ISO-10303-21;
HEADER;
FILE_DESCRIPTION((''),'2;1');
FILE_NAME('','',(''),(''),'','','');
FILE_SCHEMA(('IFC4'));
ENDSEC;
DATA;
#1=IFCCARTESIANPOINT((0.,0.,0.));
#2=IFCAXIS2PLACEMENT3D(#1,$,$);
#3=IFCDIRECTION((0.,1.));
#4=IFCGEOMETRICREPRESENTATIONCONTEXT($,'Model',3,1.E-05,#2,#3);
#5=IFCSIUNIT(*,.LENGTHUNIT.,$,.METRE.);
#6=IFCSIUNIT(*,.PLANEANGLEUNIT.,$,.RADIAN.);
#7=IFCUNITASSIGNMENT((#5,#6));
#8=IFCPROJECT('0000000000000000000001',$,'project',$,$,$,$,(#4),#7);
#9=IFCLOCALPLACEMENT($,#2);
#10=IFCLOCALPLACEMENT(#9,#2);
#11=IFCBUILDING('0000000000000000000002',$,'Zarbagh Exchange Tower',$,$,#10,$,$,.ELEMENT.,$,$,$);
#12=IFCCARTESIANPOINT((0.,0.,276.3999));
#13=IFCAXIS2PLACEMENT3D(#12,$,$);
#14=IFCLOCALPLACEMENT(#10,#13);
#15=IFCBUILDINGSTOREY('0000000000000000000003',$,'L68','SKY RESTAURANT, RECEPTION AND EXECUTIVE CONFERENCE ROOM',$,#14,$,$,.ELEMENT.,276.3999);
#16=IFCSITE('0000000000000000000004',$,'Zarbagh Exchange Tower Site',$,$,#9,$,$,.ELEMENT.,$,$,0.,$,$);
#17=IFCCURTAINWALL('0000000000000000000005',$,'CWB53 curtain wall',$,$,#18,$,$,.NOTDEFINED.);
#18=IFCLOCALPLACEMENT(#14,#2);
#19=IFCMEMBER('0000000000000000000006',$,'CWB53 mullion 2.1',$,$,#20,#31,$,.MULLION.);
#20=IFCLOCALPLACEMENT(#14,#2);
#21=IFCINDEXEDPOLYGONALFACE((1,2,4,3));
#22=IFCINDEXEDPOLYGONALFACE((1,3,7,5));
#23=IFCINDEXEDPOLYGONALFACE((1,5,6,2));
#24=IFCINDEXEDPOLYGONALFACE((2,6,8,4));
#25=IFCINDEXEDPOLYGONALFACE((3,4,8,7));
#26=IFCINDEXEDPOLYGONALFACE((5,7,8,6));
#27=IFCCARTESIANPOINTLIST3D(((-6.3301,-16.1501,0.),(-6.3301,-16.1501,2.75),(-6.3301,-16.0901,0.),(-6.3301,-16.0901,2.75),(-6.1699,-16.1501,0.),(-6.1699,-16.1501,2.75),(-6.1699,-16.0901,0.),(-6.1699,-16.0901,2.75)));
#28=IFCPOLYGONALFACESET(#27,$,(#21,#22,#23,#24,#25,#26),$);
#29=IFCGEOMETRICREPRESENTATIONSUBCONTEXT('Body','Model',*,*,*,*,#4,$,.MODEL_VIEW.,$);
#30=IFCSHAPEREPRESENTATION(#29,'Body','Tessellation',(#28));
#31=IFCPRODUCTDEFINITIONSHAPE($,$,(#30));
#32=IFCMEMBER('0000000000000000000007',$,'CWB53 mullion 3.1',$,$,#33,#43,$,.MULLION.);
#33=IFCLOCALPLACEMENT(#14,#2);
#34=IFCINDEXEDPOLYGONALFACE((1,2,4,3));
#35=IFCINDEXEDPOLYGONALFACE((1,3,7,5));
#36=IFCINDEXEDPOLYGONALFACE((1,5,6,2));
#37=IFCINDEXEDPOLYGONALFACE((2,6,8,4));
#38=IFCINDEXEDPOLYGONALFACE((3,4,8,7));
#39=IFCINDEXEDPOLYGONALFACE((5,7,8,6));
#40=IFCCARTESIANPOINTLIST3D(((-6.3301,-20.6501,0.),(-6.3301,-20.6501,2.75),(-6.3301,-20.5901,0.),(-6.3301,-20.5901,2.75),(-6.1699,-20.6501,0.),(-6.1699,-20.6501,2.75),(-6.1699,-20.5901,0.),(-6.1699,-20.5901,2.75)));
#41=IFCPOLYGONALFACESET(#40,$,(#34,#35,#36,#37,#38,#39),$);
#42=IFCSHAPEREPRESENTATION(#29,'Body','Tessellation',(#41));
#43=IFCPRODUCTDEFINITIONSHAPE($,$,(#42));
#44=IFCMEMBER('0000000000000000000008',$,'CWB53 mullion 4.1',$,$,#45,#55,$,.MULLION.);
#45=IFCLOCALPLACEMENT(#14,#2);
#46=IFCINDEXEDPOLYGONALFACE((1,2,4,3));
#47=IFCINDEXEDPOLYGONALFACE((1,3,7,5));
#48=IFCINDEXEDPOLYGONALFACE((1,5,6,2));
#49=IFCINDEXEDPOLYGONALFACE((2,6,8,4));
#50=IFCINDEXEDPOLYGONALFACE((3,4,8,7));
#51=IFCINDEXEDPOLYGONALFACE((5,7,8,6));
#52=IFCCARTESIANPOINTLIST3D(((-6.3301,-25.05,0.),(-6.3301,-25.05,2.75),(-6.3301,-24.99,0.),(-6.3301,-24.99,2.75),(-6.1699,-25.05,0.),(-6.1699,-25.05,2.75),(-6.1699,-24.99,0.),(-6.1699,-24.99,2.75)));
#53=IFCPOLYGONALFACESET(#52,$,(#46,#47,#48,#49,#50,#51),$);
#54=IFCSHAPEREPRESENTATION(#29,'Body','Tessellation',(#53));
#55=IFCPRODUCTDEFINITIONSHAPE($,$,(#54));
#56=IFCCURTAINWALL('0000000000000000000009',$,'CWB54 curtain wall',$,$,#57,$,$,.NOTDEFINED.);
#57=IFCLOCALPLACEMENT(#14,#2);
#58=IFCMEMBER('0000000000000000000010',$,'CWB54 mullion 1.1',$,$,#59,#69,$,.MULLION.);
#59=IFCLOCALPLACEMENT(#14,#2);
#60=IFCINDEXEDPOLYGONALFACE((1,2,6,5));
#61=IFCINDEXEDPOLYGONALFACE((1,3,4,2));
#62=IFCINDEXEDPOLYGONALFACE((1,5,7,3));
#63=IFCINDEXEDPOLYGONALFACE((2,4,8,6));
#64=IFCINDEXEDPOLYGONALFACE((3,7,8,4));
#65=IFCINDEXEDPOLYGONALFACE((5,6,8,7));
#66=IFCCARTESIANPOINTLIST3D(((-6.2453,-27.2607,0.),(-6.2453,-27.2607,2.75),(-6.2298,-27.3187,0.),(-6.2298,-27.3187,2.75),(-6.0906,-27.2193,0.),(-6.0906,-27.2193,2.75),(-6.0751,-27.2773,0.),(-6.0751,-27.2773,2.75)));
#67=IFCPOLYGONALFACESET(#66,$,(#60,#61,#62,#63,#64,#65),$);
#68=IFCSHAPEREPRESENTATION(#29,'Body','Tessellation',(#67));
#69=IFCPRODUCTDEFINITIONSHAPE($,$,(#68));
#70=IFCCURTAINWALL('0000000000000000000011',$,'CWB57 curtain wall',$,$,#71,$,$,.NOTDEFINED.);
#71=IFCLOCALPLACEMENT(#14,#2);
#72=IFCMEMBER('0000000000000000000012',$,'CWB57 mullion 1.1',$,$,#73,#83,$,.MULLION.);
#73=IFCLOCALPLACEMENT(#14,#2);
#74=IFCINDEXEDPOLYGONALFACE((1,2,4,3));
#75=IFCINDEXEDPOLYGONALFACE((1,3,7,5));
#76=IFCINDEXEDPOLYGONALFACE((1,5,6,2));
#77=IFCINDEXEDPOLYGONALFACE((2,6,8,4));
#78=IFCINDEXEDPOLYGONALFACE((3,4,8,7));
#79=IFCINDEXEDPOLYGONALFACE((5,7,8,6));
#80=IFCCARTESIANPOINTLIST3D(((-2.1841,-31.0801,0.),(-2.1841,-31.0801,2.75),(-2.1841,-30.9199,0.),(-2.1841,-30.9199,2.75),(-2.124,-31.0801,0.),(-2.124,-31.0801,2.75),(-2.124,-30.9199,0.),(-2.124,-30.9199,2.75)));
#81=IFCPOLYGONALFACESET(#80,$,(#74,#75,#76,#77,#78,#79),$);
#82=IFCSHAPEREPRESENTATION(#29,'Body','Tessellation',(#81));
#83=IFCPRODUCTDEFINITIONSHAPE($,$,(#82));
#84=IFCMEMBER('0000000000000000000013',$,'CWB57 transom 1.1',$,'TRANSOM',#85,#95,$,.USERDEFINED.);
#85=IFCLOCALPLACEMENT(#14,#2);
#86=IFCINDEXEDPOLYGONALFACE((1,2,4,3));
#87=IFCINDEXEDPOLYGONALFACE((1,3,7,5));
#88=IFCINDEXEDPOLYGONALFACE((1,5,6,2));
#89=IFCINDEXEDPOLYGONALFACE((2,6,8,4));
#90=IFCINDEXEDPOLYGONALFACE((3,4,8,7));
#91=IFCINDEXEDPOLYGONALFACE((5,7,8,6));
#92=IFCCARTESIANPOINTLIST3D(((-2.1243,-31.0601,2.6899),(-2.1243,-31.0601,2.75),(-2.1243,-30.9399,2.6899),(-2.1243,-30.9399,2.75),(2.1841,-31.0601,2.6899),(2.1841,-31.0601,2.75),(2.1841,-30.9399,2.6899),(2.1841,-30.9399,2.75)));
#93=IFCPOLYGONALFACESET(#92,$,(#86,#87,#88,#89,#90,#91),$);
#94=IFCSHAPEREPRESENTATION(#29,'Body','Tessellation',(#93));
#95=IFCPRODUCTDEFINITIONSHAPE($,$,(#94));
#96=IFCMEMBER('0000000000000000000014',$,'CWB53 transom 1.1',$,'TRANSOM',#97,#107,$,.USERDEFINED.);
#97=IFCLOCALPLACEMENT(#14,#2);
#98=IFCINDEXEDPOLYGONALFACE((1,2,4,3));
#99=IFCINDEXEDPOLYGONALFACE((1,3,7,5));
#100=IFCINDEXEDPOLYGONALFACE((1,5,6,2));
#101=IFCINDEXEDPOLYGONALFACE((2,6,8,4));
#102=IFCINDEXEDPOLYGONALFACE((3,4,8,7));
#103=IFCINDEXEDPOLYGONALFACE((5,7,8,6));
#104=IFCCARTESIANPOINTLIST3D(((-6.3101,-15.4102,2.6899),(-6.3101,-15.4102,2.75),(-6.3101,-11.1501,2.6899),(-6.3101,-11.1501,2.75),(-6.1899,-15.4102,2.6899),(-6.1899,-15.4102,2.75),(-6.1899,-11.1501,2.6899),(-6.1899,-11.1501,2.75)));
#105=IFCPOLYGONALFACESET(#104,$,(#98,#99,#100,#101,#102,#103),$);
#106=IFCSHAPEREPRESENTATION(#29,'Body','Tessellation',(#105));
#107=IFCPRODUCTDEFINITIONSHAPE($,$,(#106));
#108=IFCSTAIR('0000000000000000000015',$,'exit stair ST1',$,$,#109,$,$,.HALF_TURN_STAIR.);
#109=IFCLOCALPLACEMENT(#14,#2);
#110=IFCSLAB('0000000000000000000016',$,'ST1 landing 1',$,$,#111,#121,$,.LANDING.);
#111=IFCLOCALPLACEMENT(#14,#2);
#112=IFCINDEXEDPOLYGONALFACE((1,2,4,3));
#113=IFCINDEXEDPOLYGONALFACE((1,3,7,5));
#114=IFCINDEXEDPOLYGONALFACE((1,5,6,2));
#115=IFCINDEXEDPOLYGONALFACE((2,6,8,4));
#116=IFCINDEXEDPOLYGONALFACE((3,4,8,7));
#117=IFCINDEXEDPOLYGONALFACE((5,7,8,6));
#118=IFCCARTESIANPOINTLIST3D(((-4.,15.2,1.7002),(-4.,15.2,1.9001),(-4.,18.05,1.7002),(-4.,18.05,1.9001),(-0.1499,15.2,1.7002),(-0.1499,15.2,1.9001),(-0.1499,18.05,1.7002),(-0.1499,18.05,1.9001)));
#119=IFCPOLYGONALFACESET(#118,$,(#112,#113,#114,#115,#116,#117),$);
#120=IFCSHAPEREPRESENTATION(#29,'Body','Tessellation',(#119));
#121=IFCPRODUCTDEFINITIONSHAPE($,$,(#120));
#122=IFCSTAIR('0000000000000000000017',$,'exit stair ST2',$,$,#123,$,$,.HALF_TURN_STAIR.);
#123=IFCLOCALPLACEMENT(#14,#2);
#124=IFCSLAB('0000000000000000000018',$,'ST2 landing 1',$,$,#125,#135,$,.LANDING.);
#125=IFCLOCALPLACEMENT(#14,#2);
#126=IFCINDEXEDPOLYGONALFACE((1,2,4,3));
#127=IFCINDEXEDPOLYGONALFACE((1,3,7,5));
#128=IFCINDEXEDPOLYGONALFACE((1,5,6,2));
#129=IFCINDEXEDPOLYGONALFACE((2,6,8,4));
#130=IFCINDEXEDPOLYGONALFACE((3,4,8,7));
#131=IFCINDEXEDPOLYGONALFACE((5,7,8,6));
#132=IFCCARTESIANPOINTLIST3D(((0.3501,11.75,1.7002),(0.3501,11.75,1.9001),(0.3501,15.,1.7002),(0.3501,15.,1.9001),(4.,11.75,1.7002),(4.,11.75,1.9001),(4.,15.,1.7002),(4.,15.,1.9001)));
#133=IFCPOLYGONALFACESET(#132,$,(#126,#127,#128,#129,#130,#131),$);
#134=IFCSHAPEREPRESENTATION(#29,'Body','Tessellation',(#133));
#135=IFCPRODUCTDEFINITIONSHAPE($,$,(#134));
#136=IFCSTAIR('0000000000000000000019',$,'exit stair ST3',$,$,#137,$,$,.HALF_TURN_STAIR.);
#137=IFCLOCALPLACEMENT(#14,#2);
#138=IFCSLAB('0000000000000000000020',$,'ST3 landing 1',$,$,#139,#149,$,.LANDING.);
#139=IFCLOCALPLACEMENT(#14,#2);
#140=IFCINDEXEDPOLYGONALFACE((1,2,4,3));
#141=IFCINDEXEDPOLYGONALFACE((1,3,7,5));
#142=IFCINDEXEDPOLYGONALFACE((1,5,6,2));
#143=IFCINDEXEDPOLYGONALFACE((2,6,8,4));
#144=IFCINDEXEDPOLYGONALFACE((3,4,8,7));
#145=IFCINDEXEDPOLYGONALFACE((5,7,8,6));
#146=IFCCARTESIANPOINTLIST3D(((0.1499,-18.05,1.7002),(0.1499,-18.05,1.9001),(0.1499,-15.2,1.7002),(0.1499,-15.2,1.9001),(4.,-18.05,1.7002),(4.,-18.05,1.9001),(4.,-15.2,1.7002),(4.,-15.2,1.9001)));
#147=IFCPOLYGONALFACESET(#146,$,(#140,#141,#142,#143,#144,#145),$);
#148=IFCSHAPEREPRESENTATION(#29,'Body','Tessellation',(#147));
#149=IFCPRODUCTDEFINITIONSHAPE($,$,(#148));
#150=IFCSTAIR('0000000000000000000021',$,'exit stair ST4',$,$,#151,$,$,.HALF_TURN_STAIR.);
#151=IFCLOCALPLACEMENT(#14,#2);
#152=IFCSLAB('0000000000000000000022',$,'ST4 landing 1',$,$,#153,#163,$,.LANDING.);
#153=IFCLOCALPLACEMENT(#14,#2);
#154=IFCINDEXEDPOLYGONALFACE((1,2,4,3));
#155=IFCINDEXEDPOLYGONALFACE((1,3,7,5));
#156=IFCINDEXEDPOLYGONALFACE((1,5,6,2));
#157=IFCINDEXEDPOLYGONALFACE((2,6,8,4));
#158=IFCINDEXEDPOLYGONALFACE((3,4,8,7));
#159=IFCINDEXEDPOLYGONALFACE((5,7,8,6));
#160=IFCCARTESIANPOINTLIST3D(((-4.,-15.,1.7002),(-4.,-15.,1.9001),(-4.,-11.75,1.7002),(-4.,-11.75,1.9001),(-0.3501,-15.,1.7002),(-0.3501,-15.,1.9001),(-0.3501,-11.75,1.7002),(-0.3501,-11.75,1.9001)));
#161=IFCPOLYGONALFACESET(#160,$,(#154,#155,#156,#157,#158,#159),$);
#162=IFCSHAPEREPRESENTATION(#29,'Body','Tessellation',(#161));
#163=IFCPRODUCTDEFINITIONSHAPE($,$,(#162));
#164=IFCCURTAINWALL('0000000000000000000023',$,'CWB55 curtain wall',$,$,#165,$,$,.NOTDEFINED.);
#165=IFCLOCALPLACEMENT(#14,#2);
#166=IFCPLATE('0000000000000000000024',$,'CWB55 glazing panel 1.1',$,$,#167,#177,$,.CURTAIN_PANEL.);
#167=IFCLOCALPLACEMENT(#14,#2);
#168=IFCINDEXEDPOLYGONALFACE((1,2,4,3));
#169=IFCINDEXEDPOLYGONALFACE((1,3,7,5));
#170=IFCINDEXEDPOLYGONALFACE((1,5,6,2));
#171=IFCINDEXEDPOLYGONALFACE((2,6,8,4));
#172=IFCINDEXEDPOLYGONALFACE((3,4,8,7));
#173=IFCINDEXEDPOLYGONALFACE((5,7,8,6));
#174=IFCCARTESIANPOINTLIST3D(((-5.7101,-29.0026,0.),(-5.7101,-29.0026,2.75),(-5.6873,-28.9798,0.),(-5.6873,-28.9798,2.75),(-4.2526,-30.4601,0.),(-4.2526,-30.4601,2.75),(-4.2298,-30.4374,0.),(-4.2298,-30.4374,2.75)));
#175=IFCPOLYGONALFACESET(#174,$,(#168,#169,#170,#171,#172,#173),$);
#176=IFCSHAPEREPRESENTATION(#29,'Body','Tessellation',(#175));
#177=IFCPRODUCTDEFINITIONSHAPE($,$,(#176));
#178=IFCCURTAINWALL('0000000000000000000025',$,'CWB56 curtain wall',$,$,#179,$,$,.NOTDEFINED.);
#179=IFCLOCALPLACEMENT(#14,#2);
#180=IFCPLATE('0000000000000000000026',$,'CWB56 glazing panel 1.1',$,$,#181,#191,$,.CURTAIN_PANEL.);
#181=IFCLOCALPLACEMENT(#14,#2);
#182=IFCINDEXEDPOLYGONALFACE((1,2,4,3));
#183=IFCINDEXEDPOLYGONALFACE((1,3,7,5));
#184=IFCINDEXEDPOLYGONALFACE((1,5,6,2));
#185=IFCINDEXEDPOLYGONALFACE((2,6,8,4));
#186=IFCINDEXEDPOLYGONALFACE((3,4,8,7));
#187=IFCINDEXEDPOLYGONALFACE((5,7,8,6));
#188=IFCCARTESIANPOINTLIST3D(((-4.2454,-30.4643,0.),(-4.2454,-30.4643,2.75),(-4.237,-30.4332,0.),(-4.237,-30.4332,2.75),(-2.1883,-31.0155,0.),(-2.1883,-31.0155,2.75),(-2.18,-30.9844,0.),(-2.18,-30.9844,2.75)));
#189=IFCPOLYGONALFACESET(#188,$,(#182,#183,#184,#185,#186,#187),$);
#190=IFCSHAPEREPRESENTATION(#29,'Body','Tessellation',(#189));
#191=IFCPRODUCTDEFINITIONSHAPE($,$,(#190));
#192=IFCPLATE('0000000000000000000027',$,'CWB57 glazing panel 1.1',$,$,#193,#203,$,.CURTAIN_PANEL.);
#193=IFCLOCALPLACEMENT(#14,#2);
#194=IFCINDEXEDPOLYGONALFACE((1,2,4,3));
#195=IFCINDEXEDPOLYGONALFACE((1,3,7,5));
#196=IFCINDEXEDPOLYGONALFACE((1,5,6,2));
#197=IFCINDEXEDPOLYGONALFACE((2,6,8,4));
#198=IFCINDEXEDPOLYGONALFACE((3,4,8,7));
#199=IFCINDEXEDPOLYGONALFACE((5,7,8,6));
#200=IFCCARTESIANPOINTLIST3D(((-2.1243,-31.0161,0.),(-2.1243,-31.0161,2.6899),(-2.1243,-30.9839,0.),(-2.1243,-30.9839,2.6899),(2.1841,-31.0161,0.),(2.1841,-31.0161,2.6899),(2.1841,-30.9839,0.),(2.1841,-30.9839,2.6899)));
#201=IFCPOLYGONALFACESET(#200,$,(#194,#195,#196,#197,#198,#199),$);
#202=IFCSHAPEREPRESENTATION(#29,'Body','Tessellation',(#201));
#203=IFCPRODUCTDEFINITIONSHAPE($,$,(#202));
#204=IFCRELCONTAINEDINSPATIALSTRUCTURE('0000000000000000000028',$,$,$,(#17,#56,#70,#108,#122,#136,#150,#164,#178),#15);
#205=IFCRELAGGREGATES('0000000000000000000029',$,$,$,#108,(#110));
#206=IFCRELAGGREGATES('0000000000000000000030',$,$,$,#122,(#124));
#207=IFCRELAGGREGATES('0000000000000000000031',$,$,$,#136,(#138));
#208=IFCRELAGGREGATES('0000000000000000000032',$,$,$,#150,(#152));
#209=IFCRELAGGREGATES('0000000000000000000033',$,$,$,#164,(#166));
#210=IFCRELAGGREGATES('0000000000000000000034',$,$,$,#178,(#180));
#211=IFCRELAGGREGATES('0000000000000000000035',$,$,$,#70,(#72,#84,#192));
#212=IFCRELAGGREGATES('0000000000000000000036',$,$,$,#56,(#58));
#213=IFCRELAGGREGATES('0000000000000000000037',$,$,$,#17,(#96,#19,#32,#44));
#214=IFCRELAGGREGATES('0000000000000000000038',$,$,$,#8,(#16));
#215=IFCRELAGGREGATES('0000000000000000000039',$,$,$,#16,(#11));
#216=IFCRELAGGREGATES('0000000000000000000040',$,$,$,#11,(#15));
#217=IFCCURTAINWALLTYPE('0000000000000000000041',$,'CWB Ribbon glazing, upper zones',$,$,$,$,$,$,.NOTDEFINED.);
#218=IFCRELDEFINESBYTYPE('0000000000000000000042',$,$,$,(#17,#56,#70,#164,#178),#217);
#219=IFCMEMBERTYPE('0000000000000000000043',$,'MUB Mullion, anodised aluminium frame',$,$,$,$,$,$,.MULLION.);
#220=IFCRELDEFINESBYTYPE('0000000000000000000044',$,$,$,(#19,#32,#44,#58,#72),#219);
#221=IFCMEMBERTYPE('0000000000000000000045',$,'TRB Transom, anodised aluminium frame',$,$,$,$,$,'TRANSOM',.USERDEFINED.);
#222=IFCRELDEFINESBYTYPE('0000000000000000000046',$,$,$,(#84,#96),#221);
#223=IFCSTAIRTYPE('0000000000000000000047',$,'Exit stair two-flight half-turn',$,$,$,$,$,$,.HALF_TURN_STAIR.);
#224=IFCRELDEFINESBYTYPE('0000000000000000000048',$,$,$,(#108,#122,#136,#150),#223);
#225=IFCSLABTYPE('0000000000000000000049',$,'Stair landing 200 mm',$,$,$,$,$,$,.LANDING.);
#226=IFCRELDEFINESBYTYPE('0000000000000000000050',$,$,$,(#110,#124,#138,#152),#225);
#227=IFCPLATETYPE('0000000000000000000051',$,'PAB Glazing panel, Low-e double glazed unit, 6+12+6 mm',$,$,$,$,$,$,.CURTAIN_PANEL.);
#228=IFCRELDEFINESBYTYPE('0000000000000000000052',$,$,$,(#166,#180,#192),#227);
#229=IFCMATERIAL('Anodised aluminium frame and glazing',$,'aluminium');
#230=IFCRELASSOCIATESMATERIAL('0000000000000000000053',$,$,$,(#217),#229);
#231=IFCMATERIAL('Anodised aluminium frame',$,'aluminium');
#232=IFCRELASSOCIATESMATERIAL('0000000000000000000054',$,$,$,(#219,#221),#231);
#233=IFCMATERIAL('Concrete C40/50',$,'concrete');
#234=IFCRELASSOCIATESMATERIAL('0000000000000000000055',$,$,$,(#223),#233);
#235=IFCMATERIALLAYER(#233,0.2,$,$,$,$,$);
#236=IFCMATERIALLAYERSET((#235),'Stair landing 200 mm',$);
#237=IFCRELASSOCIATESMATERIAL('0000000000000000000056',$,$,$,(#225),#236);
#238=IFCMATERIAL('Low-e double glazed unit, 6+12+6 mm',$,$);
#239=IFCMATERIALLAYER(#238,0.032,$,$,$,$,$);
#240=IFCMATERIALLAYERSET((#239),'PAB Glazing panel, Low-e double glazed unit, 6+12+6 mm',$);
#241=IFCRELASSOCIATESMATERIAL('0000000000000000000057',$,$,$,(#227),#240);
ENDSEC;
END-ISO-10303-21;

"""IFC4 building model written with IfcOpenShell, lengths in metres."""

from ifc_helpers import new_model, si_unit, direction, frame, origin, place, context, subcontext, project, spatial, polyline, outline, extrude, source, transform, mapped, material, layer, layer_set, type_object, element, aggregate, save


model = new_model("IFC4")

# Units and contexts
model_context = context("Model", 3, precision=1e-05, world=origin(), true_north=direction((0.0, 1.0)))
body_context = subcontext(model_context, "Body", "Model", "MODEL_VIEW")
ifc_project = project(units=[si_unit("LENGTHUNIT", "METRE"), si_unit("PLANEANGLEUNIT", "RADIAN")], contexts=[model_context])

# Site, building, storey
site_placement = place(None, origin())
site = spatial("IfcSite", under=ifc_project, at=site_placement, Name="Zarbagh Exchange Tower Site", CompositionType="ELEMENT", RefElevation=0.0)
building_placement = place(site_placement, origin())
building = spatial("IfcBuilding", under=site, at=building_placement, Name="Zarbagh Exchange Tower", CompositionType="ELEMENT")
storey_placement = place(building_placement, frame((0.0, 0.0, 276.3999)))
storey = spatial("IfcBuildingStorey", under=building, at=storey_placement, Name="L68", Description="SKY RESTAURANT, RECEPTION AND EXECUTIVE CONFERENCE ROOM", CompositionType="ELEMENT", Elevation=276.3999)

# Curtain wall, members
ifc_material_1 = material(Name="Anodised aluminium frame and glazing", Category="aluminium")
curtain_wall_type = type_object("IfcCurtainWallType", Name="CWB Ribbon glazing, upper zones", PredefinedType="NOTDEFINED", material=ifc_material_1)
curtain_wall_1_placement = place(storey_placement, origin())
curtain_wall_1 = element("IfcCurtainWall", 1, at=curtain_wall_1_placement, inside=storey, type_object=curtain_wall_type, Name="CWB53 curtain wall", PredefinedType="NOTDEFINED")
ifc_material_2 = material(Name="Anodised aluminium frame", Category="aluminium")
member_type_1 = type_object("IfcMemberType", Name="MUB Mullion, anodised aluminium frame", PredefinedType="MULLION", material=ifc_material_2)
shared_shape_1 = source(origin(), body_context, "Body", "SweptSolid", [
    extrude(outline(polyline([(0.0, -0.0801), (0.0601, -0.0801), (0.0601, 0.0801), (0.0, 0.0801), (0.0, -0.0801)])), origin(), (0.0, 0.0, 1.0), 2.75),
])
placement = place(storey_placement, origin())
member_1 = element("IfcMember", 2, at=placement, type_object=member_type_1, Name="CWB53 mullion 2.1", PredefinedType="MULLION", context=body_context, shape_type="MappedRepresentation", body=[
    mapped(shared_shape_1, transform((-6.25, -16.0901, 0.0), x_axis=(0.0, -1.0, 0.0), y_axis=(1.0, 0.0, 0.0), z_axis=(0.0, 0.0, 1.0))),
])
member_2 = element("IfcMember", 3, at=placement, type_object=member_type_1, Name="CWB53 mullion 3.1", PredefinedType="MULLION", context=body_context, shape_type="MappedRepresentation", body=[
    mapped(shared_shape_1, transform((-6.25, -20.5901, 0.0), x_axis=(0.0, -1.0, 0.0), y_axis=(1.0, 0.0, 0.0), z_axis=(0.0, 0.0, 1.0))),
])
member_3 = element("IfcMember", 4, at=placement, type_object=member_type_1, Name="CWB53 mullion 4.1", PredefinedType="MULLION", context=body_context, shape_type="MappedRepresentation", body=[
    mapped(shared_shape_1, transform((-6.25, -24.99, 0.0), x_axis=(0.0, -1.0, 0.0), y_axis=(1.0, 0.0, 0.0), z_axis=(0.0, 0.0, 1.0))),
])

# Curtain wall, member
curtain_wall_2_placement = place(storey_placement, origin())
curtain_wall_2 = element("IfcCurtainWall", 5, at=curtain_wall_2_placement, inside=storey, type_object=curtain_wall_type, Name="CWB54 curtain wall", PredefinedType="NOTDEFINED")
member_4 = element("IfcMember", 6, at=placement, type_object=member_type_1, Name="CWB54 mullion 1.1", PredefinedType="MULLION", context=body_context, shape_type="MappedRepresentation", body=[
    mapped(shared_shape_1, transform((-6.168, -27.24, 0.0), x_axis=(0.258825, -0.965924, 0.0), y_axis=(0.965924, 0.258825, 0.0), z_axis=(0.0, 0.0, 1.0))),
])

# Curtain wall, members
curtain_wall_3_placement = place(storey_placement, origin())
curtain_wall_3 = element("IfcCurtainWall", 7, at=curtain_wall_3_placement, inside=storey, type_object=curtain_wall_type, Name="CWB57 curtain wall", PredefinedType="NOTDEFINED")
member_5 = element("IfcMember", 8, at=placement, type_object=member_type_1, Name="CWB57 mullion 1.1", PredefinedType="MULLION", context=body_context, shape_type="MappedRepresentation", body=[
    mapped(shared_shape_1, transform((-2.1841, -31.0, 0.0), x_axis=(1.0, 0.0, 0.0), y_axis=(0.0, 1.0, 0.0), z_axis=(0.0, 0.0, 1.0))),
])
member_type_2 = type_object("IfcMemberType", Name="TRB Transom, anodised aluminium frame", ElementType="TRANSOM", PredefinedType="USERDEFINED", material=ifc_material_2)
shared_shape_2 = source(origin(), body_context, "Body", "SweptSolid", [
    extrude(outline(polyline([(-0.0601, -0.0601), (0.0, -0.0601), (0.0, 0.0601), (-0.0601, 0.0601), (-0.0601, -0.0601)])), origin(), (0.0, 0.0, 1.0), 4.3083),
])
member_6 = element("IfcMember", 9, at=placement, type_object=member_type_2, Name="CWB57 transom 1.1", ObjectType="TRANSOM", PredefinedType="USERDEFINED", context=body_context, shape_type="MappedRepresentation", body=[
    mapped(shared_shape_2, transform((-2.1243, -31.0, 2.75), x_axis=(0.0, 0.0, 1.0), y_axis=(0.0, -1.0, 0.0), z_axis=(1.0, 0.0, 0.0))),
])

# Member
shared_shape_3 = source(origin(), body_context, "Body", "SweptSolid", [
    extrude(outline(polyline([(-0.0601, -0.0601), (0.0, -0.0601), (0.0, 0.0601), (-0.0601, 0.0601), (-0.0601, -0.0601)])), origin(), (0.0, 0.0, 1.0), 4.26),
])
member_7 = element("IfcMember", 10, at=placement, type_object=member_type_2, Name="CWB53 transom 1.1", ObjectType="TRANSOM", PredefinedType="USERDEFINED", context=body_context, shape_type="MappedRepresentation", body=[
    mapped(shared_shape_3, transform((-6.25, -11.1501, 2.75), x_axis=(0.0, 0.0, 1.0), y_axis=(-1.0, 0.0, 0.0), z_axis=(0.0, -1.0, 0.0))),
])

# Stairs, slabs
ifc_material_3 = material(Name="Concrete C40/50", Category="concrete")
stair_type = type_object("IfcStairType", Name="Exit stair two-flight half-turn", PredefinedType="HALF_TURN_STAIR", material=ifc_material_3)
stair_1_placement = place(storey_placement, origin())
stair_1 = element("IfcStair", 11, at=stair_1_placement, inside=storey, type_object=stair_type, Name="exit stair ST1", PredefinedType="HALF_TURN_STAIR")
ifc_layer_1 = layer(ifc_material_3, 0.2)
ifc_layer_set_1 = layer_set([ifc_layer_1], Name="Stair landing 200 mm")
slab_type = type_object("IfcSlabType", Name="Stair landing 200 mm", PredefinedType="LANDING", material=ifc_layer_set_1)
slab_1_placement = place(storey_placement, frame((0.0, 0.0, 1.7002)))
slab_1 = element("IfcSlab", 12, at=slab_1_placement, type_object=slab_type, Name="ST1 landing 1", PredefinedType="LANDING", context=body_context, shape_type="SweptSolid", body=[
    extrude(outline(polyline([(-0.1499, 18.05), (-4.0, 18.05), (-4.0, 15.2), (-0.1499, 15.2), (-0.1499, 18.05)])), origin(), (0.0, 0.0, 1.0), 0.2),
])
aggregate(stair_1, [slab_1])
stair_2_placement = place(storey_placement, origin())
stair_2 = element("IfcStair", 13, at=stair_2_placement, inside=storey, type_object=stair_type, Name="exit stair ST2", PredefinedType="HALF_TURN_STAIR")
slab_2_placement = place(storey_placement, frame((0.0, 0.0, 1.7002)))
slab_2 = element("IfcSlab", 14, at=slab_2_placement, type_object=slab_type, Name="ST2 landing 1", PredefinedType="LANDING", context=body_context, shape_type="SweptSolid", body=[
    extrude(outline(polyline([(0.3501, 11.75), (4.0, 11.75), (4.0, 15.0), (0.3501, 15.0), (0.3501, 11.75)])), origin(), (0.0, 0.0, 1.0), 0.2),
])
aggregate(stair_2, [slab_2])
stair_3_placement = place(storey_placement, origin())
stair_3 = element("IfcStair", 15, at=stair_3_placement, inside=storey, type_object=stair_type, Name="exit stair ST3", PredefinedType="HALF_TURN_STAIR")
slab_3_placement = place(storey_placement, frame((0.0, 0.0, 1.7002)))
slab_3 = element("IfcSlab", 16, at=slab_3_placement, type_object=slab_type, Name="ST3 landing 1", PredefinedType="LANDING", context=body_context, shape_type="SweptSolid", body=[
    extrude(outline(polyline([(0.1499, -18.05), (4.0, -18.05), (4.0, -15.2), (0.1499, -15.2), (0.1499, -18.05)])), origin(), (0.0, 0.0, 1.0), 0.2),
])
aggregate(stair_3, [slab_3])
stair_4_placement = place(storey_placement, origin())
stair_4 = element("IfcStair", 17, at=stair_4_placement, inside=storey, type_object=stair_type, Name="exit stair ST4", PredefinedType="HALF_TURN_STAIR")
slab_4_placement = place(storey_placement, frame((0.0, 0.0, 1.7002)))
slab_4 = element("IfcSlab", 18, at=slab_4_placement, type_object=slab_type, Name="ST4 landing 1", PredefinedType="LANDING", context=body_context, shape_type="SweptSolid", body=[
    extrude(outline(polyline([(-0.3501, -11.75), (-4.0, -11.75), (-4.0, -15.0), (-0.3501, -15.0), (-0.3501, -11.75)])), origin(), (0.0, 0.0, 1.0), 0.2),
])
aggregate(stair_4, [slab_4])

# Curtain walls, plates
curtain_wall_4_placement = place(storey_placement, origin())
curtain_wall_4 = element("IfcCurtainWall", 19, at=curtain_wall_4_placement, inside=storey, type_object=curtain_wall_type, Name="CWB55 curtain wall", PredefinedType="NOTDEFINED")
ifc_material_4 = material(Name="Low-e double glazed unit, 6+12+6 mm")
ifc_layer_2 = layer(ifc_material_4, 0.032)
ifc_layer_set_2 = layer_set([ifc_layer_2], Name="PAB Glazing panel, Low-e double glazed unit, 6+12+6 mm")
plate_type = type_object("IfcPlateType", Name="PAB Glazing panel, Low-e double glazed unit, 6+12+6 mm", PredefinedType="CURTAIN_PANEL", material=ifc_layer_set_2)
shared_shape_4 = source(origin(), body_context, "Body", "SweptSolid", [
    extrude(outline(polyline([(0.0, -0.0161), (2.0613, -0.0161), (2.0613, 0.0161), (0.0, 0.0161), (0.0, -0.0161)])), origin(), (0.0, 0.0, 1.0), 2.75),
])
plate_1 = element("IfcPlate", 20, at=placement, type_object=plate_type, Name="CWB55 glazing panel 1.1", PredefinedType="CURTAIN_PANEL", context=body_context, shape_type="MappedRepresentation", body=[
    mapped(shared_shape_4, transform((-5.6987, -28.9912, 0.0), x_axis=(0.707107, -0.707107, 0.0), y_axis=(0.707107, 0.707107, 0.0), z_axis=(0.0, 0.0, 1.0))),
])
aggregate(curtain_wall_4, [plate_1])
curtain_wall_5_placement = place(storey_placement, origin())
curtain_wall_5 = element("IfcCurtainWall", 21, at=curtain_wall_5_placement, inside=storey, type_object=curtain_wall_type, Name="CWB56 curtain wall", PredefinedType="NOTDEFINED")
shared_shape_5 = source(origin(), body_context, "Body", "SweptSolid", [
    extrude(outline(polyline([(0.0, -0.0161), (2.1296, -0.0161), (2.1296, 0.0161), (0.0, 0.0161), (0.0, -0.0161)])), origin(), (0.0, 0.0, 1.0), 2.75),
])
plate_2 = element("IfcPlate", 22, at=placement, type_object=plate_type, Name="CWB56 glazing panel 1.1", PredefinedType="CURTAIN_PANEL", context=body_context, shape_type="MappedRepresentation", body=[
    mapped(shared_shape_5, transform((-4.2412, -30.4487, 0.0), x_axis=(0.965924, -0.258825, 0.0), y_axis=(0.258825, 0.965924, 0.0), z_axis=(0.0, 0.0, 1.0))),
])
aggregate(curtain_wall_5, [plate_2])

# Plate
shared_shape_6 = source(origin(), body_context, "Body", "SweptSolid", [
    extrude(outline(polyline([(0.0, -0.0161), (4.3083, -0.0161), (4.3083, 0.0161), (0.0, 0.0161), (0.0, -0.0161)])), origin(), (0.0, 0.0, 1.0), 2.6899),
])
plate_3 = element("IfcPlate", 23, at=placement, type_object=plate_type, Name="CWB57 glazing panel 1.1", PredefinedType="CURTAIN_PANEL", context=body_context, shape_type="MappedRepresentation", body=[
    mapped(shared_shape_6, transform((-2.1243, -31.0, 0.0), x_axis=(1.0, 0.0, 0.0), y_axis=(0.0, 1.0, 0.0), z_axis=(0.0, 0.0, 1.0))),
])
aggregate(curtain_wall_3, [member_5, member_6, plate_3])
aggregate(curtain_wall_2, [member_4])
aggregate(curtain_wall_1, [member_7, member_1, member_2, member_3])

save(model, "model.ifc")
